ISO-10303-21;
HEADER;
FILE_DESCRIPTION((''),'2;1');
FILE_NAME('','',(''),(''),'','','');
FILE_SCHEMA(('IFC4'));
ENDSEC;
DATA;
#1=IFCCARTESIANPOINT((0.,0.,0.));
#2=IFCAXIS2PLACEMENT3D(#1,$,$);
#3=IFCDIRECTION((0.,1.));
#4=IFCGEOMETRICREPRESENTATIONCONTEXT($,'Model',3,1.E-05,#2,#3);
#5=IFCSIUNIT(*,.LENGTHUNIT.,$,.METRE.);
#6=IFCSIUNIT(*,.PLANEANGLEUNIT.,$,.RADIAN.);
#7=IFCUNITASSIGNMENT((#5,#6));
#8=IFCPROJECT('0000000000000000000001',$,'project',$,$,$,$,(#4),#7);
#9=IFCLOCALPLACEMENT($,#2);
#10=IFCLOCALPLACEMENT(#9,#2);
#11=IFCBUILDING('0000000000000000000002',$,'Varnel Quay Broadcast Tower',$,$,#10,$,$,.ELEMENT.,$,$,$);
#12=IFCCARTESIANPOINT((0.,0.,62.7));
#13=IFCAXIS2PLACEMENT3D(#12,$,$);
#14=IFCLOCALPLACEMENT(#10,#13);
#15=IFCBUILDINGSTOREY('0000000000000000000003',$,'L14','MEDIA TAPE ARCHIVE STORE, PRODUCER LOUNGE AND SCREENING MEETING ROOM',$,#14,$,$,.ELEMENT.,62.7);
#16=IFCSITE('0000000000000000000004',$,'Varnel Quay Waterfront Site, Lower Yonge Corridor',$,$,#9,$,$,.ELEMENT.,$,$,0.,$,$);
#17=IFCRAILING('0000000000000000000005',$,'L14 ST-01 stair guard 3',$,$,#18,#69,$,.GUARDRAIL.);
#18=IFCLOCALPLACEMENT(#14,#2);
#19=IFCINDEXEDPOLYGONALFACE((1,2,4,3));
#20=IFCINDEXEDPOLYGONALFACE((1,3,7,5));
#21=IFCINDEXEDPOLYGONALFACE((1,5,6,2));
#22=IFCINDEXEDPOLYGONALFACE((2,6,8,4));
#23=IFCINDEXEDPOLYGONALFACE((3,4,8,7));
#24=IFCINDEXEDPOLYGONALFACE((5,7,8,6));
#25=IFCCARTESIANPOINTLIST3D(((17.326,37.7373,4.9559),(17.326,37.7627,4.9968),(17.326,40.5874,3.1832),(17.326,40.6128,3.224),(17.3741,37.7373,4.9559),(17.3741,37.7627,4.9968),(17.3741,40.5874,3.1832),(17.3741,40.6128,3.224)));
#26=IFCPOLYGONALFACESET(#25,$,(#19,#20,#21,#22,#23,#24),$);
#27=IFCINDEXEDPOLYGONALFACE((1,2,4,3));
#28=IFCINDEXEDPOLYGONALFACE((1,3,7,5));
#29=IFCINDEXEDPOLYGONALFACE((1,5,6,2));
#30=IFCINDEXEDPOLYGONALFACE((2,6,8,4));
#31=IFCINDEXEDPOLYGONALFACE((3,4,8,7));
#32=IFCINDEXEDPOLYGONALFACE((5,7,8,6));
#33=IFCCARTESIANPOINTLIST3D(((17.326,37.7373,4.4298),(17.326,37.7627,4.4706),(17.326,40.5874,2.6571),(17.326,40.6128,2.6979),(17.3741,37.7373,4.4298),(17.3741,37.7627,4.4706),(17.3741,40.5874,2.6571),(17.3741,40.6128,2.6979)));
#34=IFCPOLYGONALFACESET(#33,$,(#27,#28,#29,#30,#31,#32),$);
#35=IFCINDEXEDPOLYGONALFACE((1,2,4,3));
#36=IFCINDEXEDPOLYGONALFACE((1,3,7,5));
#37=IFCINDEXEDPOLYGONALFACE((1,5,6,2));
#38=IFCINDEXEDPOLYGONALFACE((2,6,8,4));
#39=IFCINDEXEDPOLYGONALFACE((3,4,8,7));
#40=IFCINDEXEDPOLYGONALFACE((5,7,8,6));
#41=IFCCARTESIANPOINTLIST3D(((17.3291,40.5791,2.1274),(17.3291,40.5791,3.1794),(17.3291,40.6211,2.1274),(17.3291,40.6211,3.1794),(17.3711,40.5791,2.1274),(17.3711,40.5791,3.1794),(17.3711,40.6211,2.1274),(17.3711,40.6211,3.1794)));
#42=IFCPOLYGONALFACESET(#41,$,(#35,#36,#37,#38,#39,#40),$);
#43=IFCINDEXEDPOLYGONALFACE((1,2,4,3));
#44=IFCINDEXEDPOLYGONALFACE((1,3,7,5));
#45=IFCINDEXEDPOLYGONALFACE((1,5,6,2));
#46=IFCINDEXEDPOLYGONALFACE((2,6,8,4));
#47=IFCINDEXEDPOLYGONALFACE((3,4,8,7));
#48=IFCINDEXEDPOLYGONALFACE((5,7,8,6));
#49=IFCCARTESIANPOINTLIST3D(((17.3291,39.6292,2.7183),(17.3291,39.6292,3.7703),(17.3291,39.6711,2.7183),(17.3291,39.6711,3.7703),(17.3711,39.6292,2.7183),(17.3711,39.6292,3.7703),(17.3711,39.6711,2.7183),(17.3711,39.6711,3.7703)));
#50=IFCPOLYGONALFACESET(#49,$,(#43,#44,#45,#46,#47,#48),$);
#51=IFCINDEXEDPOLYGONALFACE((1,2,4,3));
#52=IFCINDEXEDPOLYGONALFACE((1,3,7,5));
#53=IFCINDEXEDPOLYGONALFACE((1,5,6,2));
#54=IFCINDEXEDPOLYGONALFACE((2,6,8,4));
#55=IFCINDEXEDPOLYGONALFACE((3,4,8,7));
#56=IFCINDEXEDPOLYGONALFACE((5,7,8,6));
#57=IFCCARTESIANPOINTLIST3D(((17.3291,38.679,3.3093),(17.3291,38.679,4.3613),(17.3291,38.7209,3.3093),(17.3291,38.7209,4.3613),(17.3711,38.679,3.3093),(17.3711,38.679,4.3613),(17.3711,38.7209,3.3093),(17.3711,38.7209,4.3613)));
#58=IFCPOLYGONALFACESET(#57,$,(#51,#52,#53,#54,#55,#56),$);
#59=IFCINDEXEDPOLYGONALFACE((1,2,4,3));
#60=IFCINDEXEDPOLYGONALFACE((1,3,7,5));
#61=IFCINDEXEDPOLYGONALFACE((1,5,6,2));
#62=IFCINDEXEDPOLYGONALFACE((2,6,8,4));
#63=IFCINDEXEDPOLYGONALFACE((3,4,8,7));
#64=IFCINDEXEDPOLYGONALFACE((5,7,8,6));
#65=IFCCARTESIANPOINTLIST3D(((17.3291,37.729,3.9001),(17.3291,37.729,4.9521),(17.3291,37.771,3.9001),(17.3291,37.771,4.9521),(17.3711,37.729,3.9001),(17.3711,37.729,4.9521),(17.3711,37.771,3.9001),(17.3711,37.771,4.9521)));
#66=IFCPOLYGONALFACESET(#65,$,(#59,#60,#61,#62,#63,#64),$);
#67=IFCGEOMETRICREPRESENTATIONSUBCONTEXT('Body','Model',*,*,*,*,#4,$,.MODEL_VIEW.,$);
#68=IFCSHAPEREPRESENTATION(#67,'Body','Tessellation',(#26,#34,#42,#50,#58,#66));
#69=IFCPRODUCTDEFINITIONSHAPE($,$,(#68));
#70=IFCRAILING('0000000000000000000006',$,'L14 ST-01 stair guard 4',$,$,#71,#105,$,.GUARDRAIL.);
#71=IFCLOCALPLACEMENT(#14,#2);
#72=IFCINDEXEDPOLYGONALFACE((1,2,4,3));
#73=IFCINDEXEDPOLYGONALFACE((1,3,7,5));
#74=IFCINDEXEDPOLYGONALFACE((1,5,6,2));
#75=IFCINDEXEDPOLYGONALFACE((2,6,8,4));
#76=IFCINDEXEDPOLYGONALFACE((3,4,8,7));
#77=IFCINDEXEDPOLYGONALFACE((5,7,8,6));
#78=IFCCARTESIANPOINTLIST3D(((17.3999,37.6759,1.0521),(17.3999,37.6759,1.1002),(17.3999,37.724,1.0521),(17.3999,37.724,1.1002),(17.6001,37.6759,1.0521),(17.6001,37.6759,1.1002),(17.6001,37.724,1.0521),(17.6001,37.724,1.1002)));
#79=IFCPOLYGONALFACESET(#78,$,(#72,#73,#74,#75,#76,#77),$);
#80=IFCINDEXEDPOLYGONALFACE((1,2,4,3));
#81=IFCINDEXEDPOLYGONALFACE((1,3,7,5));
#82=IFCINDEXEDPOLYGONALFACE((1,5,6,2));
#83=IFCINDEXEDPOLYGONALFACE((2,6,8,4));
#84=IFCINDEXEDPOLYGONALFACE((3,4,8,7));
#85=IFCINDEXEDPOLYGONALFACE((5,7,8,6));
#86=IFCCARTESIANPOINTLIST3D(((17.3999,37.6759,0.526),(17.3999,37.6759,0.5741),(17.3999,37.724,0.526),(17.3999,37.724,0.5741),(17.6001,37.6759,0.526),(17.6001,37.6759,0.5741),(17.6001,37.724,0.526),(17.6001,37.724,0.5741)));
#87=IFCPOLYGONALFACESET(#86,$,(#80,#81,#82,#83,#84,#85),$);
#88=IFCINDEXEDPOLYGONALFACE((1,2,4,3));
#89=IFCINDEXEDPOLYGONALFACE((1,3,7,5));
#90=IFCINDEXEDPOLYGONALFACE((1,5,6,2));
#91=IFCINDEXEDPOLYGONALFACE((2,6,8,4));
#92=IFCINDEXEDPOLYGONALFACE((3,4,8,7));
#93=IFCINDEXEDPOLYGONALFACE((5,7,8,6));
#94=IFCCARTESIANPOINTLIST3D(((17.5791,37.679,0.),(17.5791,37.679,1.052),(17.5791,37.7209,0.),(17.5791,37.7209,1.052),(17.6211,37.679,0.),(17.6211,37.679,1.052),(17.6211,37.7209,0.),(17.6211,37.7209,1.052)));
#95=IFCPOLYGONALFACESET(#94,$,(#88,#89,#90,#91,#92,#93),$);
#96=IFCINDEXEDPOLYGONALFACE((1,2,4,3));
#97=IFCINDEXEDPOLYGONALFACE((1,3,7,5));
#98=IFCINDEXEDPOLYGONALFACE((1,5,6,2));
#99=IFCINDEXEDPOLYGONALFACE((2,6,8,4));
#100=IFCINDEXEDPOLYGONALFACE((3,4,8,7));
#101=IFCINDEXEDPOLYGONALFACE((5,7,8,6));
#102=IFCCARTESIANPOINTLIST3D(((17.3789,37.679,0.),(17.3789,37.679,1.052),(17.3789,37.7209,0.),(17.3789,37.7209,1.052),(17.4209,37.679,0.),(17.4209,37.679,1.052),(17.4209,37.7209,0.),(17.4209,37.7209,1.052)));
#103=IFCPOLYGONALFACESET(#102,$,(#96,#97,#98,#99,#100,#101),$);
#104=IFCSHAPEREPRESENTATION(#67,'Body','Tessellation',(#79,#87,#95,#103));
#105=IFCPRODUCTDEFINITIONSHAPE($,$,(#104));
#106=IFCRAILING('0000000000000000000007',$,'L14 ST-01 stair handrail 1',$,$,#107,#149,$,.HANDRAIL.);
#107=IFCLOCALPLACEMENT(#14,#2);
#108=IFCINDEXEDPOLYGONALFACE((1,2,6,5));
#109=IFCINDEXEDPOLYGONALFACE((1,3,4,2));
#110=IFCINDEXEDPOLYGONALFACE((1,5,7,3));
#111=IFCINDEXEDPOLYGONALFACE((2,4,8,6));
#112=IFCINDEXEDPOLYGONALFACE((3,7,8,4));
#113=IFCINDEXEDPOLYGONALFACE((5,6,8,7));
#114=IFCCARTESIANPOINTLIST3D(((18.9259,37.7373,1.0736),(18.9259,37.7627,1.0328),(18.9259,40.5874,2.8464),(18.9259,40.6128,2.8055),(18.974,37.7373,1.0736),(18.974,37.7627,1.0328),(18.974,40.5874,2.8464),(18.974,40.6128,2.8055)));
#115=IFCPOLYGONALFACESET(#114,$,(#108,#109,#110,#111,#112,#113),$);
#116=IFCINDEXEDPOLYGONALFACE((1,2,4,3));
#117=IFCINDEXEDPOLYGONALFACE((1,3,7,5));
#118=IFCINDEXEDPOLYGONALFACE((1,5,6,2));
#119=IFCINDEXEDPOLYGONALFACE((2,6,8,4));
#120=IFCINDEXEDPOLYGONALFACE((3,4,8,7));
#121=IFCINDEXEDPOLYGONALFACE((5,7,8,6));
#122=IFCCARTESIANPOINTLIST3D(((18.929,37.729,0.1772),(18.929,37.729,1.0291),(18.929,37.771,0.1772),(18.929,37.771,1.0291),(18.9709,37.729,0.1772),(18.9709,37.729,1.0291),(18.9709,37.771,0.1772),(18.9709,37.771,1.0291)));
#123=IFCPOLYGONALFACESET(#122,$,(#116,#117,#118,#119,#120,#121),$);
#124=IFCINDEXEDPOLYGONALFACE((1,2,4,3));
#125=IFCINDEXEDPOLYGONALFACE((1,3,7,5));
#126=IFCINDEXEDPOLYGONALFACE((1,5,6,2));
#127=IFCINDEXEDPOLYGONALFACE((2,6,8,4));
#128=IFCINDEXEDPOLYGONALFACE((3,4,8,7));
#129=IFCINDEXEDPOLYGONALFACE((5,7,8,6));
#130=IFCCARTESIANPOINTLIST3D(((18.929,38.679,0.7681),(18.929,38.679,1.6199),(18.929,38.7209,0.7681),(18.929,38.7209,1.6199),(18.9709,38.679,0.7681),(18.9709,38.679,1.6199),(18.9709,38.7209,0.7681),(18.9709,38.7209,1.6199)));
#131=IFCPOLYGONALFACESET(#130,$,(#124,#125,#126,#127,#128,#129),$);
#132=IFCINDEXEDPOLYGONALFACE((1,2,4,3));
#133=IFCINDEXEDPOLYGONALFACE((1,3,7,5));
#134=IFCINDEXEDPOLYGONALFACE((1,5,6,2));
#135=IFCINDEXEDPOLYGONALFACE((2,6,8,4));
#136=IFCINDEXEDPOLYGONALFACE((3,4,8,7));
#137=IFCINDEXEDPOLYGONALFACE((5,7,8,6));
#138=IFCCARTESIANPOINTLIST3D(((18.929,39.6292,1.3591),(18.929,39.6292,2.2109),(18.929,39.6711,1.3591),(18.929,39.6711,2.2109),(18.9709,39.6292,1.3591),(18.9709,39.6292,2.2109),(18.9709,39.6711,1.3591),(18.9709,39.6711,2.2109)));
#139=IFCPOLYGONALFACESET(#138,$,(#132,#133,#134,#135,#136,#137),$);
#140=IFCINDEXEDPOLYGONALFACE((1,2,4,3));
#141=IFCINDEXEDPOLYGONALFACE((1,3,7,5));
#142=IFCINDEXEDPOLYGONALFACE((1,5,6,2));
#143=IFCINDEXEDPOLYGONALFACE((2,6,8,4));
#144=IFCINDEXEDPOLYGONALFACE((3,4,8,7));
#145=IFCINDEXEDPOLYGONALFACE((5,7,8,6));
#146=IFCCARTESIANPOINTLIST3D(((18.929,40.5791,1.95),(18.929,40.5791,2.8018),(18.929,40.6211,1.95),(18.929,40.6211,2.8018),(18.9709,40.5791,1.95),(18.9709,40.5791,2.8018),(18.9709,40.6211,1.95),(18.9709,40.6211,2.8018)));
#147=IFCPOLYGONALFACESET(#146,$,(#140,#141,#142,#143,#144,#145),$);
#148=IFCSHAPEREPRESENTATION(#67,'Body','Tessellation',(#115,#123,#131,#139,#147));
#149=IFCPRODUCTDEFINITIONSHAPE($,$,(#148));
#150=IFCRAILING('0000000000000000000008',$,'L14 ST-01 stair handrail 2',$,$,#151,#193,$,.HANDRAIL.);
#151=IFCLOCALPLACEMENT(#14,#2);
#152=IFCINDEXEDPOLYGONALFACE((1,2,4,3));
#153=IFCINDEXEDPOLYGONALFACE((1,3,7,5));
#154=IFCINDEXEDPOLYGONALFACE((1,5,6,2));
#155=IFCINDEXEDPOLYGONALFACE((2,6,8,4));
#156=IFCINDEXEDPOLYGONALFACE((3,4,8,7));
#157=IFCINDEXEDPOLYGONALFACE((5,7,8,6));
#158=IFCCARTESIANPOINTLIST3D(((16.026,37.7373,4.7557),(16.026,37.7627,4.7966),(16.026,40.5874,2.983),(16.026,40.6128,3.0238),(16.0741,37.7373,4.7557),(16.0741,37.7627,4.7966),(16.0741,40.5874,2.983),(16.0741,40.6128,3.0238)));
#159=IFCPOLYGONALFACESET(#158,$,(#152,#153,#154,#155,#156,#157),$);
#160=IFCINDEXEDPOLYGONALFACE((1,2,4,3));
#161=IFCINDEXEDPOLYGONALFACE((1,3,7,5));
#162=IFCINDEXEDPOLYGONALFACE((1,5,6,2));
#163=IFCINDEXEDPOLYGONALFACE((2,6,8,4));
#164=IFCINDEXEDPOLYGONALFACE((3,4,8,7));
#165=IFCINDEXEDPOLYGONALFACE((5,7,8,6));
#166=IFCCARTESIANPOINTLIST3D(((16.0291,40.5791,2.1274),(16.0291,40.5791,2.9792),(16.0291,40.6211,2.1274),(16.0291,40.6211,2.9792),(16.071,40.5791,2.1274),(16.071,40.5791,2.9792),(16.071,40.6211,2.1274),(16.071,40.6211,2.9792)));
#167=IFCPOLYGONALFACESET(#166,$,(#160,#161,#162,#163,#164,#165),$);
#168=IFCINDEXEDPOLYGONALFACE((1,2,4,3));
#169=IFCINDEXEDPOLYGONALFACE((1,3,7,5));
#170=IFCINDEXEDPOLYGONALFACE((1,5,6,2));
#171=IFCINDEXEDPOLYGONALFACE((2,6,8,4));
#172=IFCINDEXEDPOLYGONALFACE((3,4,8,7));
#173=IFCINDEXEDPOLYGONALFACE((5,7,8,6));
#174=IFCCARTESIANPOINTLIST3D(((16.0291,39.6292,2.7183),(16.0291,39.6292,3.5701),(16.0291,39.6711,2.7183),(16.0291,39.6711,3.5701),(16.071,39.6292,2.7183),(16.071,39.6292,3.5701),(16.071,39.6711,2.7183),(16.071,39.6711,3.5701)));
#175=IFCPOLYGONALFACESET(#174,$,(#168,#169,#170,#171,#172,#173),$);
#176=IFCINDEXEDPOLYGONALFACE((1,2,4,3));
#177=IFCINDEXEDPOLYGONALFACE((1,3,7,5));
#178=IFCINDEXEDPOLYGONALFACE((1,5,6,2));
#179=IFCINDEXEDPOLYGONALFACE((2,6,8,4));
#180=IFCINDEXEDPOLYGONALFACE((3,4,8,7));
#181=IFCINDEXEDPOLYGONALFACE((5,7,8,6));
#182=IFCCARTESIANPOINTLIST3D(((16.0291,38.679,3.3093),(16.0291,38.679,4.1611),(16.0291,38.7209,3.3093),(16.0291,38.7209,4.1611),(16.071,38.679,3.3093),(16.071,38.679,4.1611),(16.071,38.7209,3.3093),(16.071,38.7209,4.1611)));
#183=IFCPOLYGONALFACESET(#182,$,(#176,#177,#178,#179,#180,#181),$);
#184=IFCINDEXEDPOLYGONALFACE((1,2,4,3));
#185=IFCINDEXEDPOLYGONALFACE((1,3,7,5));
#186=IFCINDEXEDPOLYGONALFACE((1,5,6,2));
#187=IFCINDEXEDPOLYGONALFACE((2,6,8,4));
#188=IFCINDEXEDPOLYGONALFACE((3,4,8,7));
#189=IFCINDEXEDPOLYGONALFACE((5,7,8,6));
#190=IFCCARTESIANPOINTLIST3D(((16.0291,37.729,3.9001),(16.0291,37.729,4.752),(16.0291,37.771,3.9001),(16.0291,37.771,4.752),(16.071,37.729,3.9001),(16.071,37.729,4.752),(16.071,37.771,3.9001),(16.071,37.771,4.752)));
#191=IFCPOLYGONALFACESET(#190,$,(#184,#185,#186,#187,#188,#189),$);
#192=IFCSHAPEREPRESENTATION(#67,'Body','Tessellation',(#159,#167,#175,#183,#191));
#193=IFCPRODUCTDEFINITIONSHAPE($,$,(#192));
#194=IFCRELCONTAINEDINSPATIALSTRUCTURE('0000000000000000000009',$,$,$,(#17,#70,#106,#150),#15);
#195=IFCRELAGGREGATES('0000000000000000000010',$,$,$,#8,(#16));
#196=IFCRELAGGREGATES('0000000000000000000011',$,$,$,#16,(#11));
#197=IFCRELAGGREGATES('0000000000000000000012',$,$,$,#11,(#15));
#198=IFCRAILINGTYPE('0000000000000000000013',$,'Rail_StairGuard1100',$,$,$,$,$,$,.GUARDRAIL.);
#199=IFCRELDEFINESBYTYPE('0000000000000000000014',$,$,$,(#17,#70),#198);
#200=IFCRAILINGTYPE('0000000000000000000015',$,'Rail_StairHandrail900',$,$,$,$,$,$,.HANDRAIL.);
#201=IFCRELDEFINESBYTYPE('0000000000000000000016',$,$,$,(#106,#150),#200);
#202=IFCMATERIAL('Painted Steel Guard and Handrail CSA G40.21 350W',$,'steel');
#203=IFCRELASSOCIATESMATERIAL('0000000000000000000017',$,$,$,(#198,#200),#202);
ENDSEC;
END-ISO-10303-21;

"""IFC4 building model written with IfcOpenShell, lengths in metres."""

from ifc_helpers import new_model, si_unit, direction, frame, origin, origin_2d, place, context, subcontext, project, spatial, rectangle, extrude, material, type_object, element, save


model = new_model("IFC4")

# Units and contexts
model_context = context("Model", 3, precision=1e-05, world=origin(), true_north=direction((0.0, 1.0)))
body_context = subcontext(model_context, "Body", "Model", "MODEL_VIEW")
ifc_project = project(units=[si_unit("LENGTHUNIT", "METRE"), si_unit("PLANEANGLEUNIT", "RADIAN")], contexts=[model_context])

# Site, building, storey
site_placement = place(None, origin())
site = spatial("IfcSite", under=ifc_project, at=site_placement, Name="Varnel Quay Waterfront Site, Lower Yonge Corridor", CompositionType="ELEMENT", RefElevation=0.0)
building_placement = place(site_placement, origin())
building = spatial("IfcBuilding", under=site, at=building_placement, Name="Varnel Quay Broadcast Tower", CompositionType="ELEMENT")
storey_placement = place(building_placement, frame((0.0, 0.0, 62.7)))
storey = spatial("IfcBuildingStorey", under=building, at=storey_placement, Name="L14", Description="MEDIA TAPE ARCHIVE STORE, PRODUCER LOUNGE AND SCREENING MEETING ROOM", CompositionType="ELEMENT", Elevation=62.7)

# Railings
ifc_material_1 = material(Name="Painted Steel Guard and Handrail CSA G40.21 350W", Category="steel")
railing_type_1 = type_object("IfcRailingType", Name="Rail_StairGuard1100", PredefinedType="GUARDRAIL", material=ifc_material_1)
railing_1_placement = place(storey_placement, frame((17.3501, 40.6001, 2.1274)))
element("IfcRailing", 1, at=railing_1_placement, inside=storey, type_object=railing_type_1, Name="L14 ST-01 stair guard 3", PredefinedType="GUARDRAIL", context=body_context, shape_type="SweptSolid", body=[
    extrude(rectangle(XDim=0.0481, YDim=0.0481, at=origin_2d()), frame((0.0, 0.0, 1.0762), z_axis=(0.0, -0.849149, 0.528154), x_axis=(1.0, 0.0, 0.0)), (0.0, 0.0, 1.0), 3.3564),
    extrude(rectangle(XDim=0.0481, YDim=0.0481, at=origin_2d()), frame((0.0, 0.0, 0.55), z_axis=(0.0, -0.849149, 0.528154), x_axis=(1.0, 0.0, 0.0)), (0.0, 0.0, 1.0), 3.3564),
    extrude(rectangle(XDim=0.042, YDim=0.042, at=origin_2d()), origin(), (0.0, 0.0, 1.0), 1.052),
    extrude(rectangle(XDim=0.042, YDim=0.042, at=origin_2d()), frame((0.0, -0.95, 0.5908)), (0.0, 0.0, 1.0), 1.052),
    extrude(rectangle(XDim=0.042, YDim=0.042, at=origin_2d()), frame((0.0, -1.9001, 1.1819)), (0.0, 0.0, 1.0), 1.052),
    extrude(rectangle(XDim=0.042, YDim=0.042, at=origin_2d()), frame((0.0, -2.8501, 1.7727)), (0.0, 0.0, 1.0), 1.052),
])
railing_2_placement = place(storey_placement, frame((17.6001, 37.7, 0.0)))
element("IfcRailing", 2, at=railing_2_placement, inside=storey, type_object=railing_type_1, Name="L14 ST-01 stair guard 4", PredefinedType="GUARDRAIL", context=body_context, shape_type="SweptSolid", body=[
    extrude(rectangle(XDim=0.0481, YDim=0.0481, at=origin_2d()), frame((0.0, 0.0, 1.0762), z_axis=(-1.0, 0.0, 0.0), x_axis=(0.0, -1.0, 0.0)), (0.0, 0.0, 1.0), 0.2002),
    extrude(rectangle(XDim=0.0481, YDim=0.0481, at=origin_2d()), frame((0.0, 0.0, 0.55), z_axis=(-1.0, 0.0, 0.0), x_axis=(0.0, -1.0, 0.0)), (0.0, 0.0, 1.0), 0.2002),
    extrude(rectangle(XDim=0.042, YDim=0.042, at=origin_2d()), origin(), (0.0, 0.0, 1.0), 1.052),
    extrude(rectangle(XDim=0.042, YDim=0.042, at=origin_2d()), frame((-0.2002, 0.0, 0.0)), (0.0, 0.0, 1.0), 1.052),
])
railing_type_2 = type_object("IfcRailingType", Name="Rail_StairHandrail900", PredefinedType="HANDRAIL", material=ifc_material_1)
railing_3_placement = place(storey_placement, frame((18.95, 37.75, 0.1772)))
element("IfcRailing", 3, at=railing_3_placement, inside=storey, type_object=railing_type_2, Name="L14 ST-01 stair handrail 1", PredefinedType="HANDRAIL", context=body_context, shape_type="SweptSolid", body=[
    extrude(rectangle(XDim=0.0481, YDim=0.0481, at=origin_2d()), frame((0.0, 0.0, 0.876), z_axis=(0.0, 0.849149, 0.528154), x_axis=(-1.0, 0.0, 0.0)), (0.0, 0.0, 1.0), 3.3564),
    extrude(rectangle(XDim=0.042, YDim=0.042, at=origin_2d()), origin(), (0.0, 0.0, 1.0), 0.8518),
    extrude(rectangle(XDim=0.042, YDim=0.042, at=origin_2d()), frame((0.0, 0.95, 0.5908)), (0.0, 0.0, 1.0), 0.8518),
    extrude(rectangle(XDim=0.042, YDim=0.042, at=origin_2d()), frame((0.0, 1.9001, 1.1819)), (0.0, 0.0, 1.0), 0.8518),
    extrude(rectangle(XDim=0.042, YDim=0.042, at=origin_2d()), frame((0.0, 2.8501, 1.7727)), (0.0, 0.0, 1.0), 0.8518),
])
railing_4_placement = place(storey_placement, frame((16.05, 40.6001, 2.1274)))
element("IfcRailing", 4, at=railing_4_placement, inside=storey, type_object=railing_type_2, Name="L14 ST-01 stair handrail 2", PredefinedType="HANDRAIL", context=body_context, shape_type="SweptSolid", body=[
    extrude(rectangle(XDim=0.0481, YDim=0.0481, at=origin_2d()), frame((0.0, 0.0, 0.876), z_axis=(0.0, -0.849149, 0.528154), x_axis=(1.0, 0.0, 0.0)), (0.0, 0.0, 1.0), 3.3564),
    extrude(rectangle(XDim=0.042, YDim=0.042, at=origin_2d()), origin(), (0.0, 0.0, 1.0), 0.8518),
    extrude(rectangle(XDim=0.042, YDim=0.042, at=origin_2d()), frame((0.0, -0.95, 0.5908)), (0.0, 0.0, 1.0), 0.8518),
    extrude(rectangle(XDim=0.042, YDim=0.042, at=origin_2d()), frame((0.0, -1.9001, 1.1819)), (0.0, 0.0, 1.0), 0.8518),
    extrude(rectangle(XDim=0.042, YDim=0.042, at=origin_2d()), frame((0.0, -2.8501, 1.7727)), (0.0, 0.0, 1.0), 0.8518),
])

save(model, "model.ifc")
